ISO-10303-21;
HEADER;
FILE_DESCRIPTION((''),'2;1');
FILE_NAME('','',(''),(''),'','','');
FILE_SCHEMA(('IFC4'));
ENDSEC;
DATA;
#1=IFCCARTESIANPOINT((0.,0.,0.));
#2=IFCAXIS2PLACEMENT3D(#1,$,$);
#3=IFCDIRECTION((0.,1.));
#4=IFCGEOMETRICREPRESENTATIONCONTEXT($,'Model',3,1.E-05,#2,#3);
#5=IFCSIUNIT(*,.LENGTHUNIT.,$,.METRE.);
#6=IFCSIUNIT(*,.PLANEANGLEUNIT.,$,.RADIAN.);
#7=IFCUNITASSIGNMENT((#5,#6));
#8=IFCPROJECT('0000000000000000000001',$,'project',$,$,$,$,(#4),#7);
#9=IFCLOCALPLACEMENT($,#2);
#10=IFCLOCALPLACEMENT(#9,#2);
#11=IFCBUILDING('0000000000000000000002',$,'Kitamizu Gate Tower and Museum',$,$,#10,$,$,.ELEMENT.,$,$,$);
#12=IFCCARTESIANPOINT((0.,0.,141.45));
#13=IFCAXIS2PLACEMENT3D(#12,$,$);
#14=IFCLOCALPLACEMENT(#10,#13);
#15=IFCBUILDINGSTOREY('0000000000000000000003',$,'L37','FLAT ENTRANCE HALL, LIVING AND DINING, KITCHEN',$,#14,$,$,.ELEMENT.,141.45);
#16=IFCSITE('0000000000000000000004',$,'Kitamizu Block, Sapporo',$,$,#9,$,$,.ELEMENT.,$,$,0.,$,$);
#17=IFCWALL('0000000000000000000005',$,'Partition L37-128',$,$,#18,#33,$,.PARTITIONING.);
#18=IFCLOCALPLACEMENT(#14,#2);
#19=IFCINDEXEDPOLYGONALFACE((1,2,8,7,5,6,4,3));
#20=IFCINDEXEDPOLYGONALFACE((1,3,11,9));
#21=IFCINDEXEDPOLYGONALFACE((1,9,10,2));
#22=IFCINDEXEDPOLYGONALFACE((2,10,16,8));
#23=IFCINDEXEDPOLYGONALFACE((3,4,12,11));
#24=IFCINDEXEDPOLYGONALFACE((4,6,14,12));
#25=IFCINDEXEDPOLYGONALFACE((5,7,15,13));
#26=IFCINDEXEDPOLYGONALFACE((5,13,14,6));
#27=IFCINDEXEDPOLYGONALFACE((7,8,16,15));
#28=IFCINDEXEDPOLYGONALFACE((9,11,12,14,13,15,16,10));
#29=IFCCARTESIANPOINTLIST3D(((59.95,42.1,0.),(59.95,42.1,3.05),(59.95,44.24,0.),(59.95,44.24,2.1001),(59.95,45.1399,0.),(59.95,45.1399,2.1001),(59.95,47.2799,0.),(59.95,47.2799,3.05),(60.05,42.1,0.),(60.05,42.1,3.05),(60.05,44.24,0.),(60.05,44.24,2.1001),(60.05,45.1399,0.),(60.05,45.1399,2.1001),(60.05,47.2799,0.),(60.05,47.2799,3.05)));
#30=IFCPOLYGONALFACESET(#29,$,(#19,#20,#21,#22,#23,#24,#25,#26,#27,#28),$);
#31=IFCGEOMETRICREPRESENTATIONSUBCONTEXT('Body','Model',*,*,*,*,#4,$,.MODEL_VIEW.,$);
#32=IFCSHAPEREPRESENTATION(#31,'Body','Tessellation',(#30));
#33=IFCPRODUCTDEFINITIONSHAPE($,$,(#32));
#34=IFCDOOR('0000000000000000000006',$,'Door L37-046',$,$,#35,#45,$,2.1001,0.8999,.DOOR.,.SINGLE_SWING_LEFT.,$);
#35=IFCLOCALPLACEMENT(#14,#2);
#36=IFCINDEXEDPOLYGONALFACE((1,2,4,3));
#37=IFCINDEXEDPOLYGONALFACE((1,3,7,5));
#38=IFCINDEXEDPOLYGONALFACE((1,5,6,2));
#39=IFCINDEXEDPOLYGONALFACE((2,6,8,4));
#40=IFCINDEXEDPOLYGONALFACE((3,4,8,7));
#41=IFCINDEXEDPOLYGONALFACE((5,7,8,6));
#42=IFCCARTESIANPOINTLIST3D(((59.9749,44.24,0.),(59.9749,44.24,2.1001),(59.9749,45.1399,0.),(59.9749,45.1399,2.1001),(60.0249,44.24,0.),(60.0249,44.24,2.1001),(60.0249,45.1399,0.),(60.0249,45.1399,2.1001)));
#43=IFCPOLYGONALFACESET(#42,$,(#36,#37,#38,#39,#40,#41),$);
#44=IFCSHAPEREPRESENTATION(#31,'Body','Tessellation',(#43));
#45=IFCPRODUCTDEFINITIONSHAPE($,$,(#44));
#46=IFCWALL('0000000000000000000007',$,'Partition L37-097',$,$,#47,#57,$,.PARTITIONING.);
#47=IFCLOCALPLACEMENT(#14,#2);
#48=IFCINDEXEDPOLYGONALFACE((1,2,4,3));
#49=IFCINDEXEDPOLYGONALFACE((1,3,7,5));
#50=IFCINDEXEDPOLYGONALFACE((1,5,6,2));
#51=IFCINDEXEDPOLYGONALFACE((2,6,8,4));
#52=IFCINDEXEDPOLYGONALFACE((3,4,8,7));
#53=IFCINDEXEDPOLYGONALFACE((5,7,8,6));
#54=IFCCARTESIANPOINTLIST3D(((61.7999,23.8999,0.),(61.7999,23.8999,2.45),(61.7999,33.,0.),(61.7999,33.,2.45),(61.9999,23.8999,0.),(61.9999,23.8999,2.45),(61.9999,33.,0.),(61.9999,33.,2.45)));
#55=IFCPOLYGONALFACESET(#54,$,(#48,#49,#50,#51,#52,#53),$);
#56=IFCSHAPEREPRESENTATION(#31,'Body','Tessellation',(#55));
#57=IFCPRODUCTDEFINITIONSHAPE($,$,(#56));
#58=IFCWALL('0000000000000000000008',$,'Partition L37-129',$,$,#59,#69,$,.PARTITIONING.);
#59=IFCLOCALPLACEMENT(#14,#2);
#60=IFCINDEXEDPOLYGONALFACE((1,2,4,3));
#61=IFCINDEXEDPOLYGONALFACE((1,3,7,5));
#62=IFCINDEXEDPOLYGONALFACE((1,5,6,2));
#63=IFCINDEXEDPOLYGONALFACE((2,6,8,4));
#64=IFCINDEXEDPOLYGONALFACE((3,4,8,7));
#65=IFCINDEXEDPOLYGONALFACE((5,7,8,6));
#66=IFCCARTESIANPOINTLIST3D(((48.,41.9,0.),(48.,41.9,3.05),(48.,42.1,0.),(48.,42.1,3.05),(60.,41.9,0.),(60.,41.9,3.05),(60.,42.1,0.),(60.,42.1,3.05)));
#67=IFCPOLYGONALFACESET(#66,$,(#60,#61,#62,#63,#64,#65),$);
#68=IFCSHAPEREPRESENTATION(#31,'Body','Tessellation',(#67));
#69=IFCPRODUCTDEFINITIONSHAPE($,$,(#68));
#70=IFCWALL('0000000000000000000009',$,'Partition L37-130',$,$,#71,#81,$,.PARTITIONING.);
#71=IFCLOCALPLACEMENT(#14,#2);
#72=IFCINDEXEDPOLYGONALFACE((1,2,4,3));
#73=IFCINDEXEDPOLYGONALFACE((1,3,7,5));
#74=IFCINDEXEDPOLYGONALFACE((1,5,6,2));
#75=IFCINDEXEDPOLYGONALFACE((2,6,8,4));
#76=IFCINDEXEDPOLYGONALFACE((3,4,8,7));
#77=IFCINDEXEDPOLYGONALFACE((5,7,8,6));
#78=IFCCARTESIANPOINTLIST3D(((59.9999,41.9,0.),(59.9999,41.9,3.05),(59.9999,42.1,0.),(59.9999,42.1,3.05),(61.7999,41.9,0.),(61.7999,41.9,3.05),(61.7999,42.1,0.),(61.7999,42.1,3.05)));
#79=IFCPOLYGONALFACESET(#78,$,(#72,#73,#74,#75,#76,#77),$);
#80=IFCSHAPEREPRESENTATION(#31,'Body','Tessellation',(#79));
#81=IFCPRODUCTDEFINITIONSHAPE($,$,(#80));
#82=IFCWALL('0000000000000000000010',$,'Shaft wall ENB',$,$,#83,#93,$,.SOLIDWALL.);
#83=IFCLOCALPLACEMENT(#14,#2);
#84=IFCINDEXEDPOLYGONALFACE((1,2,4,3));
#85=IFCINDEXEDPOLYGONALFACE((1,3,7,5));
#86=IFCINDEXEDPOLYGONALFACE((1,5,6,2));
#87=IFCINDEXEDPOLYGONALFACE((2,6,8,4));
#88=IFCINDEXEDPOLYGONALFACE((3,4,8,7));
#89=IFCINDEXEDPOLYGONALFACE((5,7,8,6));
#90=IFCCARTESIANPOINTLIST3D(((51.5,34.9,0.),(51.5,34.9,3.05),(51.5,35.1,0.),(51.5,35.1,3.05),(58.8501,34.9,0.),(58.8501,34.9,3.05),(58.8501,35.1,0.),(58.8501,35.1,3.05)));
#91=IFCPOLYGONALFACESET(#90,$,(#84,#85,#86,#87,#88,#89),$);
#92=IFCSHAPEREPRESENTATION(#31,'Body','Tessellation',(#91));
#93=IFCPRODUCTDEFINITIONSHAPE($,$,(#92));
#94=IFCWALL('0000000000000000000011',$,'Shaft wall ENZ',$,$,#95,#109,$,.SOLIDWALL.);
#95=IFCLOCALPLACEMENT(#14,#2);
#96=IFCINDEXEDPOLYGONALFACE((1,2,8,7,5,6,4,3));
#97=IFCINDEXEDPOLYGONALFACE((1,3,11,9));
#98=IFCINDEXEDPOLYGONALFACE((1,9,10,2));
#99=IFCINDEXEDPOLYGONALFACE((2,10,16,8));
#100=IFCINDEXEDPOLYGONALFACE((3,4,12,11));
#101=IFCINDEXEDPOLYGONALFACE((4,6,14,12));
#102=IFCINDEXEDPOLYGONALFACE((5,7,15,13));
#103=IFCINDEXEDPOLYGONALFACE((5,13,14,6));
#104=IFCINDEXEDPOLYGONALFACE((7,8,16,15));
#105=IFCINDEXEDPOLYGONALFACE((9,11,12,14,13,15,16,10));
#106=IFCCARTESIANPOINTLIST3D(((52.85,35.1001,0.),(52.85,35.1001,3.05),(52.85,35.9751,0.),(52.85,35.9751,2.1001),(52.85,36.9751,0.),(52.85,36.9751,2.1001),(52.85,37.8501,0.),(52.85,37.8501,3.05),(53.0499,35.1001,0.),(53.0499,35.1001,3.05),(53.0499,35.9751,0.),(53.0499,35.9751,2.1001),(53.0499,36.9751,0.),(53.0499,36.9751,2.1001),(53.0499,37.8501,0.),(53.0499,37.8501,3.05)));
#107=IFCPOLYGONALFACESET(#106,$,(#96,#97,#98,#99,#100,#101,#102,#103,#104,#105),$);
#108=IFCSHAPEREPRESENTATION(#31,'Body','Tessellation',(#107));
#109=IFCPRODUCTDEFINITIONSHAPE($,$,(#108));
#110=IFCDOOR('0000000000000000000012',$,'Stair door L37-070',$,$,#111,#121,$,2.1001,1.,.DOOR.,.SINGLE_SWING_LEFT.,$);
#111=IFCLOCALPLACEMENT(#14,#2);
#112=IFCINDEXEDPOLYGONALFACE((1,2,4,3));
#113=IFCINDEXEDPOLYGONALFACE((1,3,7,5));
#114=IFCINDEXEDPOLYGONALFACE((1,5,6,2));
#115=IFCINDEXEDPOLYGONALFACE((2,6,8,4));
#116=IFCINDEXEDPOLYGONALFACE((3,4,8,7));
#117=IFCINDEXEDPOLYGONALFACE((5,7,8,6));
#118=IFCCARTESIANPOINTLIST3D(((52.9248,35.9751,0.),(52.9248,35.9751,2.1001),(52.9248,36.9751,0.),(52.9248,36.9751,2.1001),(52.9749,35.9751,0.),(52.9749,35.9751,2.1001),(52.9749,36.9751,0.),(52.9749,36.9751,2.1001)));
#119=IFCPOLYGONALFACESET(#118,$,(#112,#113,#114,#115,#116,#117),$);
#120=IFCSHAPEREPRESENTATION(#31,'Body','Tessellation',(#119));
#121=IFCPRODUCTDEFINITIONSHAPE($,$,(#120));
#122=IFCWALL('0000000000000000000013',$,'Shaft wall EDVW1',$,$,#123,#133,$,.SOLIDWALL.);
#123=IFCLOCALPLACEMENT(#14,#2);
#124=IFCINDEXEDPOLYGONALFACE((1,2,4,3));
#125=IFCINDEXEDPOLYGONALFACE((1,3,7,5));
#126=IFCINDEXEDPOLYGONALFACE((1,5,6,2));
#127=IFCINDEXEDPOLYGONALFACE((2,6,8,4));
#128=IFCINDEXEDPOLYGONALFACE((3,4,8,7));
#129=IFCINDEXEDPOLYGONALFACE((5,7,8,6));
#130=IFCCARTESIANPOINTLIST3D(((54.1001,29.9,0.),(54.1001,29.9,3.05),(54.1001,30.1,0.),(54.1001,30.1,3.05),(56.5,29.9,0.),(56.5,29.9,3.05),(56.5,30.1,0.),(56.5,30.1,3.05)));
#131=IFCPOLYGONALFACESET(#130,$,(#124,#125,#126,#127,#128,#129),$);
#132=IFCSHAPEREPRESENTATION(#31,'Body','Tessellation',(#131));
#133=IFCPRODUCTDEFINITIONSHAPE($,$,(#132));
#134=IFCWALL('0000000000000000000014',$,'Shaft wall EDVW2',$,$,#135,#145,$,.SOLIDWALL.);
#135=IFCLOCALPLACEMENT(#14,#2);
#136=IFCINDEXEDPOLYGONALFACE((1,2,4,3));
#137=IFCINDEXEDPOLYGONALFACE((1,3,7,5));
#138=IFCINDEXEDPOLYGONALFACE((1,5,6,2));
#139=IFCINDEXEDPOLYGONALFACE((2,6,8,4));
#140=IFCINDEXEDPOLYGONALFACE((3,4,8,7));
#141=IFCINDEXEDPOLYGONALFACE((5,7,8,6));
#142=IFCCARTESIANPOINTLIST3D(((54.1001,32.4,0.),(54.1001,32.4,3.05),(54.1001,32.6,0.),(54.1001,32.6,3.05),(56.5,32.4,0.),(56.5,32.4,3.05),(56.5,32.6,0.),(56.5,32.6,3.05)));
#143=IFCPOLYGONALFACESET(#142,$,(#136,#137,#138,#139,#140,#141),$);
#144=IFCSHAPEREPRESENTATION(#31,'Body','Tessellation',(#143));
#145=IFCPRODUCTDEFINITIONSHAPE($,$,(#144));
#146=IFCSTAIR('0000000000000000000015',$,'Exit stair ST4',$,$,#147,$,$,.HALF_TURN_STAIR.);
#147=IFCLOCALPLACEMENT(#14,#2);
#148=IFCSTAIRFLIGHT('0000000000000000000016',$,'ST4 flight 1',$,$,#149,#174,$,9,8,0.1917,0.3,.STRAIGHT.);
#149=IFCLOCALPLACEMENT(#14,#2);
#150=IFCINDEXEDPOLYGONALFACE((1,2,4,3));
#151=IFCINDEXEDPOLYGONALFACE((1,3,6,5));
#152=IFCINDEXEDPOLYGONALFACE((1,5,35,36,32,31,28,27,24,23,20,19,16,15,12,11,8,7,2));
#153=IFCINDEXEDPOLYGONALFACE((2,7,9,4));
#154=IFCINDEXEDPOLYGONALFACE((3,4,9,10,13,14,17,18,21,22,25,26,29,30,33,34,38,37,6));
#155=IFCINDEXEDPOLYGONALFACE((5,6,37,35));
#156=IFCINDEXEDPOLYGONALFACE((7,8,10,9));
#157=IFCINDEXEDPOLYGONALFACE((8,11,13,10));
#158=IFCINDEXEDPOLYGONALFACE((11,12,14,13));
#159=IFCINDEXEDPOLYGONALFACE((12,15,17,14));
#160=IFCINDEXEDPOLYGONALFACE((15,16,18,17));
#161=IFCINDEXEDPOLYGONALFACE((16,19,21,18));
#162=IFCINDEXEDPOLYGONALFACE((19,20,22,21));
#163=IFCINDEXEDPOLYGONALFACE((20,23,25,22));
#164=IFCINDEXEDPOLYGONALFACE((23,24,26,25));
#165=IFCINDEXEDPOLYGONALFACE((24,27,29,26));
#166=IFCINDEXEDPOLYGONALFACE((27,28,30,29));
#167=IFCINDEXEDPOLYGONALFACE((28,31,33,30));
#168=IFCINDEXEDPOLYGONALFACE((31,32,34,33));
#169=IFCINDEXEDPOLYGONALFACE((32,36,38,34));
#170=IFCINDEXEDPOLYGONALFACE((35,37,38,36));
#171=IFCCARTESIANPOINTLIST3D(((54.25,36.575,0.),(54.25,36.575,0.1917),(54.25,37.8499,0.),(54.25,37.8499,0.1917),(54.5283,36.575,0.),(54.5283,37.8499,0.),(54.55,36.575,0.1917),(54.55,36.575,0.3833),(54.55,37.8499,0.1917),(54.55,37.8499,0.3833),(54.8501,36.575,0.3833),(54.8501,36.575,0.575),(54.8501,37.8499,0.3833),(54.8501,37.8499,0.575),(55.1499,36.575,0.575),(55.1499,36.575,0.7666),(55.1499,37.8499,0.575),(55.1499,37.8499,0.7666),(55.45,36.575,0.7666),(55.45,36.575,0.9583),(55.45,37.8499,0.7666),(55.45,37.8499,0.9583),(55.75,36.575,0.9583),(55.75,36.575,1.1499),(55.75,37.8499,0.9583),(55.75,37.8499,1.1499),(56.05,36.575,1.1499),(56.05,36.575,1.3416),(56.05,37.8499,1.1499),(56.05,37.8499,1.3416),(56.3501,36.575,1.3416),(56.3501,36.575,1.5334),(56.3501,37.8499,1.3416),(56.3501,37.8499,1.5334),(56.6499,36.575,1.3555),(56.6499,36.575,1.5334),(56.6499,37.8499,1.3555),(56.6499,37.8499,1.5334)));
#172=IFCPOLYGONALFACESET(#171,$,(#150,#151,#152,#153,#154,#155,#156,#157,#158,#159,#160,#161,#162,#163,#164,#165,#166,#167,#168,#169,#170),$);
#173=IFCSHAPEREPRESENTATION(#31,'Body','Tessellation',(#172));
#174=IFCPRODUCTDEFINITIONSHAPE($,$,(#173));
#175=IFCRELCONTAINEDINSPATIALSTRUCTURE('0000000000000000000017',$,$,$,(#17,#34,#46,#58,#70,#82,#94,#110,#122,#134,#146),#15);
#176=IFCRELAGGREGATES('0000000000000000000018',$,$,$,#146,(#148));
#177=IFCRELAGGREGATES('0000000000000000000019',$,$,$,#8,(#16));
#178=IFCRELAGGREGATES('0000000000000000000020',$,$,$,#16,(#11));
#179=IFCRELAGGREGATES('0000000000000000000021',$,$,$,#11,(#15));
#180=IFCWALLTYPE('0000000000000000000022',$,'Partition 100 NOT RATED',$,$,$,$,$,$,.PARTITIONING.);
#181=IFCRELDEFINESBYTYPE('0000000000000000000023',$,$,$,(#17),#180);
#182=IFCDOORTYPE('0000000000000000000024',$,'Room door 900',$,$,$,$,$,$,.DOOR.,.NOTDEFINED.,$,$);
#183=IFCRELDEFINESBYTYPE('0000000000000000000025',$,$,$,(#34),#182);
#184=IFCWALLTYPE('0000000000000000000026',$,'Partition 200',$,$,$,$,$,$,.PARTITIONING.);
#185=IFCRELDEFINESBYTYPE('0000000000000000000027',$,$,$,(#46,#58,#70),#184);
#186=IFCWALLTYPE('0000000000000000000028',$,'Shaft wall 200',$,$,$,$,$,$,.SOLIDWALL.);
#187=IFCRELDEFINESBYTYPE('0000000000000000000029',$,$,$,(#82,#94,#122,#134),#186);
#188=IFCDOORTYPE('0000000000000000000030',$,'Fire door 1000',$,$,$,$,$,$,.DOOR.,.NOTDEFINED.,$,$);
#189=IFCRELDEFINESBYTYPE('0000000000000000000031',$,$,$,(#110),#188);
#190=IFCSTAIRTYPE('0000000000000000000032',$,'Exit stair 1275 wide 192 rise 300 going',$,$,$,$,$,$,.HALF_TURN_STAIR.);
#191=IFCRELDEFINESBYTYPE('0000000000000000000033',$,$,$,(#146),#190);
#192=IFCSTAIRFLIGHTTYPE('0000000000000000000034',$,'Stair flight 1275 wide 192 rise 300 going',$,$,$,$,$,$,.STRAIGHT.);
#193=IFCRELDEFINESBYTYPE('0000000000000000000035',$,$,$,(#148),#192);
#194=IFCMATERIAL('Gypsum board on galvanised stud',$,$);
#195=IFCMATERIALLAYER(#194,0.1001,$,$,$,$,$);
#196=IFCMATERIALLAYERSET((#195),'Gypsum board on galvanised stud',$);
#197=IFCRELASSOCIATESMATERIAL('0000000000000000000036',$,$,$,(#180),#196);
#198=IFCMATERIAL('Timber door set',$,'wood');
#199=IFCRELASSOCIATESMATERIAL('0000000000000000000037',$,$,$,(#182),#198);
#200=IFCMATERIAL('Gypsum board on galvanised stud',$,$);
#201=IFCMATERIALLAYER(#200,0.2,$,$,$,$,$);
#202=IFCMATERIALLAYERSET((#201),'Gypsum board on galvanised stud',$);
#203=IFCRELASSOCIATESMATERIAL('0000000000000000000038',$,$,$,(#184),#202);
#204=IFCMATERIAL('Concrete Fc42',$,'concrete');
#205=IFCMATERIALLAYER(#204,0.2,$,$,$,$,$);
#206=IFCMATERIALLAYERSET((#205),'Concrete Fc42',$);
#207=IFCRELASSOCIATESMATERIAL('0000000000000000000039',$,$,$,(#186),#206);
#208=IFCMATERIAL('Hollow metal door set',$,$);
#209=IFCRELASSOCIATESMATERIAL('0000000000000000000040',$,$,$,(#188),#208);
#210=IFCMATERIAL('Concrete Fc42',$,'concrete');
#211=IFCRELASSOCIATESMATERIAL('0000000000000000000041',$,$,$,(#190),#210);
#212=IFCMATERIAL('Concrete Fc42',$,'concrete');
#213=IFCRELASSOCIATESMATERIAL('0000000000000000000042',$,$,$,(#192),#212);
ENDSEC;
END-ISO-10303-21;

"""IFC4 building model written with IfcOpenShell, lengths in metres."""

from ifc_helpers import new_model, si_unit, direction, frame, frame_2d, origin, place, context, subcontext, project, spatial, polyline, rectangle, outline, extrude, material, layer, layer_set, type_object, element, fill, aggregate, save


model = new_model("IFC4")

# Units and contexts
model_context = context("Model", 3, precision=1e-05, world=origin(), true_north=direction((0.0, 1.0)))
body_context = subcontext(model_context, "Body", "Model", "MODEL_VIEW")
ifc_project = project(units=[si_unit("LENGTHUNIT", "METRE"), si_unit("PLANEANGLEUNIT", "RADIAN")], contexts=[model_context])

# Site, building, storey
site_placement = place(None, origin())
site = spatial("IfcSite", under=ifc_project, at=site_placement, Name="Kitamizu Block, Sapporo", CompositionType="ELEMENT", RefElevation=0.0)
building_placement = place(site_placement, origin())
building = spatial("IfcBuilding", under=site, at=building_placement, Name="Kitamizu Gate Tower and Museum", CompositionType="ELEMENT")
storey_placement = place(building_placement, frame((0.0, 0.0, 141.45)))
storey = spatial("IfcBuildingStorey", under=building, at=storey_placement, Name="L37", Description="FLAT ENTRANCE HALL, LIVING AND DINING, KITCHEN", CompositionType="ELEMENT", Elevation=141.45)

# Wall, opening, door
ifc_material_1 = material(Name="Gypsum board on galvanised stud")
ifc_layer_1 = layer(ifc_material_1, 0.1001)
ifc_layer_set_1 = layer_set([ifc_layer_1], Name="Gypsum board on galvanised stud")
wall_type_1 = type_object("IfcWallType", Name="Partition 100 NOT RATED", PredefinedType="PARTITIONING", material=ifc_layer_set_1)
ifc_material_2 = material(Name="Timber door set", Category="wood")
door_type_1 = type_object("IfcDoorType", Name="Room door 900", OperationType="NOTDEFINED", PredefinedType="DOOR", material=ifc_material_2)
wall_1_placement = place(storey_placement, frame((60.0, 42.1001, 0.0), z_axis=(0.0, 0.0, 1.0), x_axis=(0.0, 1.0, 0.0)))
wall_1 = element("IfcWall", 1, at=wall_1_placement, inside=storey, type_object=wall_type_1, Name="Partition L37-128", PredefinedType="PARTITIONING", context=body_context, shape_type="SweptSolid", body=[
    extrude(rectangle(XDim=5.1799, YDim=0.1001, at=frame_2d((2.5898, 0.0))), origin(), (0.0, 0.0, 1.0), 3.05),
])
opening_1_placement = place(wall_1_placement, frame((2.1399, 0.0, 0.0)))
opening_1 = element("IfcOpeningElement", 2, at=opening_1_placement, cuts=wall_1, PredefinedType="OPENING", context=body_context, shape_type="SweptSolid", body=[
    extrude(rectangle(XDim=0.8999, YDim=2.1001, at=frame_2d((0.45, 1.05))), frame((0.0, 0.0601, 0.0), z_axis=(0.0, -1.0, 0.0), x_axis=(1.0, 0.0, 0.0)), (0.0, 0.0, 1.0), 0.1201),
])
door_1_placement = place(opening_1_placement, frame((0.8999, 0.0, 0.0), x_axis=(-1.0, 0.0, 0.0)))
door_1 = element("IfcDoor", 3, at=door_1_placement, inside=storey, type_object=door_type_1, Name="Door L37-046", OperationType="SINGLE_SWING_LEFT", OverallHeight=2.1001, OverallWidth=0.8999, PredefinedType="DOOR", context=body_context, shape_type="SweptSolid", body=[
    extrude(rectangle(XDim=0.8999, YDim=2.1001, at=frame_2d((0.45, 1.05))), frame((0.0, 0.0249, 0.0), z_axis=(0.0, -1.0, 0.0), x_axis=(1.0, 0.0, 0.0)), (0.0, 0.0, 1.0), 0.05),
])
fill(opening_1, door_1)

# Walls
ifc_material_3 = material(Name="Gypsum board on galvanised stud")
ifc_layer_2 = layer(ifc_material_3, 0.2)
ifc_layer_set_2 = layer_set([ifc_layer_2], Name="Gypsum board on galvanised stud")
wall_type_2 = type_object("IfcWallType", Name="Partition 200", PredefinedType="PARTITIONING", material=ifc_layer_set_2)
wall_2_placement = place(storey_placement, frame((61.8999, 33.0, 0.0), z_axis=(0.0, 0.0, 1.0), x_axis=(0.0, -1.0, 0.0)))
element("IfcWall", 4, at=wall_2_placement, inside=storey, type_object=wall_type_2, Name="Partition L37-097", PredefinedType="PARTITIONING", context=body_context, shape_type="SweptSolid", body=[
    extrude(rectangle(XDim=9.1001, YDim=0.2, at=frame_2d((4.55, 0.0))), origin(), (0.0, 0.0, 1.0), 2.45),
])
wall_3_placement = place(storey_placement, frame((48.0, 42.0, 0.0), z_axis=(0.0, 0.0, 1.0), x_axis=(1.0, 0.0, 0.0)))
element("IfcWall", 5, at=wall_3_placement, inside=storey, type_object=wall_type_2, Name="Partition L37-129", PredefinedType="PARTITIONING", context=body_context, shape_type="SweptSolid", body=[
    extrude(rectangle(XDim=12.0, YDim=0.2, at=frame_2d((6.0, 0.0))), origin(), (0.0, 0.0, 1.0), 3.05),
])
wall_4_placement = place(storey_placement, frame((60.0, 42.0, 0.0), z_axis=(0.0, 0.0, 1.0), x_axis=(1.0, 0.0, 0.0)))
element("IfcWall", 6, at=wall_4_placement, inside=storey, type_object=wall_type_2, Name="Partition L37-130", PredefinedType="PARTITIONING", context=body_context, shape_type="SweptSolid", body=[
    extrude(rectangle(XDim=1.8, YDim=0.2, at=frame_2d((0.8999, 0.0))), origin(), (0.0, 0.0, 1.0), 3.05),
])
ifc_material_4 = material(Name="Concrete Fc42", Category="concrete")
ifc_layer_3 = layer(ifc_material_4, 0.2)
ifc_layer_set_3 = layer_set([ifc_layer_3], Name="Concrete Fc42")
wall_type_3 = type_object("IfcWallType", Name="Shaft wall 200", PredefinedType="SOLIDWALL", material=ifc_layer_set_3)
wall_5_placement = place(storey_placement, frame((58.8501, 35.0, 0.0), z_axis=(0.0, 0.0, 1.0), x_axis=(-1.0, 0.0, 0.0)))
element("IfcWall", 7, at=wall_5_placement, inside=storey, type_object=wall_type_3, Name="Shaft wall ENB", PredefinedType="SOLIDWALL", context=body_context, shape_type="SweptSolid", body=[
    extrude(rectangle(XDim=7.3501, YDim=0.2, at=frame_2d((3.675, 0.0))), origin(), (0.0, 0.0, 1.0), 3.05),
])

# Wall, opening, door
wall_6_placement = place(storey_placement, frame((52.95, 35.1001, 0.0), z_axis=(0.0, 0.0, 1.0), x_axis=(0.0, 1.0, 0.0)))
wall_6 = element("IfcWall", 8, at=wall_6_placement, inside=storey, type_object=wall_type_3, Name="Shaft wall ENZ", PredefinedType="SOLIDWALL", context=body_context, shape_type="SweptSolid", body=[
    extrude(rectangle(XDim=2.75, YDim=0.2, at=frame_2d((1.375, 0.0))), origin(), (0.0, 0.0, 1.0), 3.05),
])
opening_2_placement = place(wall_6_placement, frame((0.875, 0.0, 0.0)))
opening_2 = element("IfcOpeningElement", 9, at=opening_2_placement, cuts=wall_6, PredefinedType="OPENING", context=body_context, shape_type="SweptSolid", body=[
    extrude(rectangle(XDim=1.0, YDim=2.1001, at=frame_2d((0.5, 1.05))), frame((0.0, 0.1099, 0.0), z_axis=(0.0, -1.0, 0.0), x_axis=(1.0, 0.0, 0.0)), (0.0, 0.0, 1.0), 0.22),
])
ifc_material_5 = material(Name="Hollow metal door set")
door_type_2 = type_object("IfcDoorType", Name="Fire door 1000", OperationType="NOTDEFINED", PredefinedType="DOOR", material=ifc_material_5)
door_2_placement = place(opening_2_placement, frame((1.0, 0.0, 0.0), x_axis=(-1.0, 0.0, 0.0)))
door_2 = element("IfcDoor", 10, at=door_2_placement, inside=storey, type_object=door_type_2, Name="Stair door L37-070", OperationType="SINGLE_SWING_LEFT", OverallHeight=2.1001, OverallWidth=1.0, PredefinedType="DOOR", context=body_context, shape_type="SweptSolid", body=[
    extrude(rectangle(XDim=1.0, YDim=2.1001, at=frame_2d((0.5, 1.05))), frame((0.0, 0.0249, 0.0), z_axis=(0.0, -1.0, 0.0), x_axis=(1.0, 0.0, 0.0)), (0.0, 0.0, 1.0), 0.05),
])
fill(opening_2, door_2)

# Walls
for number, where, z_axis, x_axis, name in (
    (11, (56.5, 30.0, 0.0), (0.0, 0.0, 1.0), (-1.0, 0.0, 0.0), "Shaft wall EDVW1"),
    (12, (56.5, 32.5, 0.0), (0.0, 0.0, 1.0), (-1.0, 0.0, 0.0), "Shaft wall EDVW2"),
):
    element("IfcWall", number, at=place(storey_placement, frame(where, z_axis=z_axis, x_axis=x_axis)), inside=storey, type_object=wall_type_3, Name=name, PredefinedType="SOLIDWALL", context=body_context, shape_type="SweptSolid", body=[
        extrude(rectangle(XDim=2.3999, YDim=0.2, at=frame_2d((1.2, 0.0))), origin(), (0.0, 0.0, 1.0), 3.05),
    ])

# Stair, stair flight
ifc_material_6 = material(Name="Concrete Fc42", Category="concrete")
stair_type = type_object("IfcStairType", Name="Exit stair 1275 wide 192 rise 300 going", PredefinedType="HALF_TURN_STAIR", material=ifc_material_6)
stair_placement = place(storey_placement, origin())
stair = element("IfcStair", 13, at=stair_placement, inside=storey, type_object=stair_type, Name="Exit stair ST4", PredefinedType="HALF_TURN_STAIR")
ifc_material_7 = material(Name="Concrete Fc42", Category="concrete")
stair_flight_type = type_object("IfcStairFlightType", Name="Stair flight 1275 wide 192 rise 300 going", PredefinedType="STRAIGHT", material=ifc_material_7)
stair_flight_1_placement = place(storey_placement, frame((54.25, 37.2124, 0.0), z_axis=(0.0, 0.0, 1.0), x_axis=(1.0, 0.0, 0.0)))
stair_flight_1 = element("IfcStairFlight", 14, at=stair_flight_1_placement, type_object=stair_flight_type, Name="ST4 flight 1", NumberOfRisers=9, NumberOfTreads=8, PredefinedType="STRAIGHT", RiserHeight=0.1917, TreadLength=0.3, context=body_context, shape_type="SweptSolid", body=[
    extrude(outline(polyline([(0.0, 0.0), (0.0, 0.1917), (0.3, 0.1917), (0.3, 0.3833), (0.6001, 0.3833), (0.6001, 0.575), (0.8999, 0.575), (0.8999, 0.7666), (1.2, 0.7666), (1.2, 0.9583), (1.5, 0.9583), (1.5, 1.1499), (1.8, 1.1499), (1.8, 1.3416), (2.1001, 1.3416), (2.1001, 1.5334), (2.3999, 1.5334), (2.3999, 1.7251), (2.3999, 1.3555), (0.2783, 0.0), (0.0, 0.0)])), frame((0.0, 0.6375, 0.0), z_axis=(0.0, -1.0, 0.0), x_axis=(1.0, 0.0, 0.0)), (0.0, 0.0, 1.0), 1.2749),
])
aggregate(stair, [stair_flight_1])

save(model, "model.ifc")
